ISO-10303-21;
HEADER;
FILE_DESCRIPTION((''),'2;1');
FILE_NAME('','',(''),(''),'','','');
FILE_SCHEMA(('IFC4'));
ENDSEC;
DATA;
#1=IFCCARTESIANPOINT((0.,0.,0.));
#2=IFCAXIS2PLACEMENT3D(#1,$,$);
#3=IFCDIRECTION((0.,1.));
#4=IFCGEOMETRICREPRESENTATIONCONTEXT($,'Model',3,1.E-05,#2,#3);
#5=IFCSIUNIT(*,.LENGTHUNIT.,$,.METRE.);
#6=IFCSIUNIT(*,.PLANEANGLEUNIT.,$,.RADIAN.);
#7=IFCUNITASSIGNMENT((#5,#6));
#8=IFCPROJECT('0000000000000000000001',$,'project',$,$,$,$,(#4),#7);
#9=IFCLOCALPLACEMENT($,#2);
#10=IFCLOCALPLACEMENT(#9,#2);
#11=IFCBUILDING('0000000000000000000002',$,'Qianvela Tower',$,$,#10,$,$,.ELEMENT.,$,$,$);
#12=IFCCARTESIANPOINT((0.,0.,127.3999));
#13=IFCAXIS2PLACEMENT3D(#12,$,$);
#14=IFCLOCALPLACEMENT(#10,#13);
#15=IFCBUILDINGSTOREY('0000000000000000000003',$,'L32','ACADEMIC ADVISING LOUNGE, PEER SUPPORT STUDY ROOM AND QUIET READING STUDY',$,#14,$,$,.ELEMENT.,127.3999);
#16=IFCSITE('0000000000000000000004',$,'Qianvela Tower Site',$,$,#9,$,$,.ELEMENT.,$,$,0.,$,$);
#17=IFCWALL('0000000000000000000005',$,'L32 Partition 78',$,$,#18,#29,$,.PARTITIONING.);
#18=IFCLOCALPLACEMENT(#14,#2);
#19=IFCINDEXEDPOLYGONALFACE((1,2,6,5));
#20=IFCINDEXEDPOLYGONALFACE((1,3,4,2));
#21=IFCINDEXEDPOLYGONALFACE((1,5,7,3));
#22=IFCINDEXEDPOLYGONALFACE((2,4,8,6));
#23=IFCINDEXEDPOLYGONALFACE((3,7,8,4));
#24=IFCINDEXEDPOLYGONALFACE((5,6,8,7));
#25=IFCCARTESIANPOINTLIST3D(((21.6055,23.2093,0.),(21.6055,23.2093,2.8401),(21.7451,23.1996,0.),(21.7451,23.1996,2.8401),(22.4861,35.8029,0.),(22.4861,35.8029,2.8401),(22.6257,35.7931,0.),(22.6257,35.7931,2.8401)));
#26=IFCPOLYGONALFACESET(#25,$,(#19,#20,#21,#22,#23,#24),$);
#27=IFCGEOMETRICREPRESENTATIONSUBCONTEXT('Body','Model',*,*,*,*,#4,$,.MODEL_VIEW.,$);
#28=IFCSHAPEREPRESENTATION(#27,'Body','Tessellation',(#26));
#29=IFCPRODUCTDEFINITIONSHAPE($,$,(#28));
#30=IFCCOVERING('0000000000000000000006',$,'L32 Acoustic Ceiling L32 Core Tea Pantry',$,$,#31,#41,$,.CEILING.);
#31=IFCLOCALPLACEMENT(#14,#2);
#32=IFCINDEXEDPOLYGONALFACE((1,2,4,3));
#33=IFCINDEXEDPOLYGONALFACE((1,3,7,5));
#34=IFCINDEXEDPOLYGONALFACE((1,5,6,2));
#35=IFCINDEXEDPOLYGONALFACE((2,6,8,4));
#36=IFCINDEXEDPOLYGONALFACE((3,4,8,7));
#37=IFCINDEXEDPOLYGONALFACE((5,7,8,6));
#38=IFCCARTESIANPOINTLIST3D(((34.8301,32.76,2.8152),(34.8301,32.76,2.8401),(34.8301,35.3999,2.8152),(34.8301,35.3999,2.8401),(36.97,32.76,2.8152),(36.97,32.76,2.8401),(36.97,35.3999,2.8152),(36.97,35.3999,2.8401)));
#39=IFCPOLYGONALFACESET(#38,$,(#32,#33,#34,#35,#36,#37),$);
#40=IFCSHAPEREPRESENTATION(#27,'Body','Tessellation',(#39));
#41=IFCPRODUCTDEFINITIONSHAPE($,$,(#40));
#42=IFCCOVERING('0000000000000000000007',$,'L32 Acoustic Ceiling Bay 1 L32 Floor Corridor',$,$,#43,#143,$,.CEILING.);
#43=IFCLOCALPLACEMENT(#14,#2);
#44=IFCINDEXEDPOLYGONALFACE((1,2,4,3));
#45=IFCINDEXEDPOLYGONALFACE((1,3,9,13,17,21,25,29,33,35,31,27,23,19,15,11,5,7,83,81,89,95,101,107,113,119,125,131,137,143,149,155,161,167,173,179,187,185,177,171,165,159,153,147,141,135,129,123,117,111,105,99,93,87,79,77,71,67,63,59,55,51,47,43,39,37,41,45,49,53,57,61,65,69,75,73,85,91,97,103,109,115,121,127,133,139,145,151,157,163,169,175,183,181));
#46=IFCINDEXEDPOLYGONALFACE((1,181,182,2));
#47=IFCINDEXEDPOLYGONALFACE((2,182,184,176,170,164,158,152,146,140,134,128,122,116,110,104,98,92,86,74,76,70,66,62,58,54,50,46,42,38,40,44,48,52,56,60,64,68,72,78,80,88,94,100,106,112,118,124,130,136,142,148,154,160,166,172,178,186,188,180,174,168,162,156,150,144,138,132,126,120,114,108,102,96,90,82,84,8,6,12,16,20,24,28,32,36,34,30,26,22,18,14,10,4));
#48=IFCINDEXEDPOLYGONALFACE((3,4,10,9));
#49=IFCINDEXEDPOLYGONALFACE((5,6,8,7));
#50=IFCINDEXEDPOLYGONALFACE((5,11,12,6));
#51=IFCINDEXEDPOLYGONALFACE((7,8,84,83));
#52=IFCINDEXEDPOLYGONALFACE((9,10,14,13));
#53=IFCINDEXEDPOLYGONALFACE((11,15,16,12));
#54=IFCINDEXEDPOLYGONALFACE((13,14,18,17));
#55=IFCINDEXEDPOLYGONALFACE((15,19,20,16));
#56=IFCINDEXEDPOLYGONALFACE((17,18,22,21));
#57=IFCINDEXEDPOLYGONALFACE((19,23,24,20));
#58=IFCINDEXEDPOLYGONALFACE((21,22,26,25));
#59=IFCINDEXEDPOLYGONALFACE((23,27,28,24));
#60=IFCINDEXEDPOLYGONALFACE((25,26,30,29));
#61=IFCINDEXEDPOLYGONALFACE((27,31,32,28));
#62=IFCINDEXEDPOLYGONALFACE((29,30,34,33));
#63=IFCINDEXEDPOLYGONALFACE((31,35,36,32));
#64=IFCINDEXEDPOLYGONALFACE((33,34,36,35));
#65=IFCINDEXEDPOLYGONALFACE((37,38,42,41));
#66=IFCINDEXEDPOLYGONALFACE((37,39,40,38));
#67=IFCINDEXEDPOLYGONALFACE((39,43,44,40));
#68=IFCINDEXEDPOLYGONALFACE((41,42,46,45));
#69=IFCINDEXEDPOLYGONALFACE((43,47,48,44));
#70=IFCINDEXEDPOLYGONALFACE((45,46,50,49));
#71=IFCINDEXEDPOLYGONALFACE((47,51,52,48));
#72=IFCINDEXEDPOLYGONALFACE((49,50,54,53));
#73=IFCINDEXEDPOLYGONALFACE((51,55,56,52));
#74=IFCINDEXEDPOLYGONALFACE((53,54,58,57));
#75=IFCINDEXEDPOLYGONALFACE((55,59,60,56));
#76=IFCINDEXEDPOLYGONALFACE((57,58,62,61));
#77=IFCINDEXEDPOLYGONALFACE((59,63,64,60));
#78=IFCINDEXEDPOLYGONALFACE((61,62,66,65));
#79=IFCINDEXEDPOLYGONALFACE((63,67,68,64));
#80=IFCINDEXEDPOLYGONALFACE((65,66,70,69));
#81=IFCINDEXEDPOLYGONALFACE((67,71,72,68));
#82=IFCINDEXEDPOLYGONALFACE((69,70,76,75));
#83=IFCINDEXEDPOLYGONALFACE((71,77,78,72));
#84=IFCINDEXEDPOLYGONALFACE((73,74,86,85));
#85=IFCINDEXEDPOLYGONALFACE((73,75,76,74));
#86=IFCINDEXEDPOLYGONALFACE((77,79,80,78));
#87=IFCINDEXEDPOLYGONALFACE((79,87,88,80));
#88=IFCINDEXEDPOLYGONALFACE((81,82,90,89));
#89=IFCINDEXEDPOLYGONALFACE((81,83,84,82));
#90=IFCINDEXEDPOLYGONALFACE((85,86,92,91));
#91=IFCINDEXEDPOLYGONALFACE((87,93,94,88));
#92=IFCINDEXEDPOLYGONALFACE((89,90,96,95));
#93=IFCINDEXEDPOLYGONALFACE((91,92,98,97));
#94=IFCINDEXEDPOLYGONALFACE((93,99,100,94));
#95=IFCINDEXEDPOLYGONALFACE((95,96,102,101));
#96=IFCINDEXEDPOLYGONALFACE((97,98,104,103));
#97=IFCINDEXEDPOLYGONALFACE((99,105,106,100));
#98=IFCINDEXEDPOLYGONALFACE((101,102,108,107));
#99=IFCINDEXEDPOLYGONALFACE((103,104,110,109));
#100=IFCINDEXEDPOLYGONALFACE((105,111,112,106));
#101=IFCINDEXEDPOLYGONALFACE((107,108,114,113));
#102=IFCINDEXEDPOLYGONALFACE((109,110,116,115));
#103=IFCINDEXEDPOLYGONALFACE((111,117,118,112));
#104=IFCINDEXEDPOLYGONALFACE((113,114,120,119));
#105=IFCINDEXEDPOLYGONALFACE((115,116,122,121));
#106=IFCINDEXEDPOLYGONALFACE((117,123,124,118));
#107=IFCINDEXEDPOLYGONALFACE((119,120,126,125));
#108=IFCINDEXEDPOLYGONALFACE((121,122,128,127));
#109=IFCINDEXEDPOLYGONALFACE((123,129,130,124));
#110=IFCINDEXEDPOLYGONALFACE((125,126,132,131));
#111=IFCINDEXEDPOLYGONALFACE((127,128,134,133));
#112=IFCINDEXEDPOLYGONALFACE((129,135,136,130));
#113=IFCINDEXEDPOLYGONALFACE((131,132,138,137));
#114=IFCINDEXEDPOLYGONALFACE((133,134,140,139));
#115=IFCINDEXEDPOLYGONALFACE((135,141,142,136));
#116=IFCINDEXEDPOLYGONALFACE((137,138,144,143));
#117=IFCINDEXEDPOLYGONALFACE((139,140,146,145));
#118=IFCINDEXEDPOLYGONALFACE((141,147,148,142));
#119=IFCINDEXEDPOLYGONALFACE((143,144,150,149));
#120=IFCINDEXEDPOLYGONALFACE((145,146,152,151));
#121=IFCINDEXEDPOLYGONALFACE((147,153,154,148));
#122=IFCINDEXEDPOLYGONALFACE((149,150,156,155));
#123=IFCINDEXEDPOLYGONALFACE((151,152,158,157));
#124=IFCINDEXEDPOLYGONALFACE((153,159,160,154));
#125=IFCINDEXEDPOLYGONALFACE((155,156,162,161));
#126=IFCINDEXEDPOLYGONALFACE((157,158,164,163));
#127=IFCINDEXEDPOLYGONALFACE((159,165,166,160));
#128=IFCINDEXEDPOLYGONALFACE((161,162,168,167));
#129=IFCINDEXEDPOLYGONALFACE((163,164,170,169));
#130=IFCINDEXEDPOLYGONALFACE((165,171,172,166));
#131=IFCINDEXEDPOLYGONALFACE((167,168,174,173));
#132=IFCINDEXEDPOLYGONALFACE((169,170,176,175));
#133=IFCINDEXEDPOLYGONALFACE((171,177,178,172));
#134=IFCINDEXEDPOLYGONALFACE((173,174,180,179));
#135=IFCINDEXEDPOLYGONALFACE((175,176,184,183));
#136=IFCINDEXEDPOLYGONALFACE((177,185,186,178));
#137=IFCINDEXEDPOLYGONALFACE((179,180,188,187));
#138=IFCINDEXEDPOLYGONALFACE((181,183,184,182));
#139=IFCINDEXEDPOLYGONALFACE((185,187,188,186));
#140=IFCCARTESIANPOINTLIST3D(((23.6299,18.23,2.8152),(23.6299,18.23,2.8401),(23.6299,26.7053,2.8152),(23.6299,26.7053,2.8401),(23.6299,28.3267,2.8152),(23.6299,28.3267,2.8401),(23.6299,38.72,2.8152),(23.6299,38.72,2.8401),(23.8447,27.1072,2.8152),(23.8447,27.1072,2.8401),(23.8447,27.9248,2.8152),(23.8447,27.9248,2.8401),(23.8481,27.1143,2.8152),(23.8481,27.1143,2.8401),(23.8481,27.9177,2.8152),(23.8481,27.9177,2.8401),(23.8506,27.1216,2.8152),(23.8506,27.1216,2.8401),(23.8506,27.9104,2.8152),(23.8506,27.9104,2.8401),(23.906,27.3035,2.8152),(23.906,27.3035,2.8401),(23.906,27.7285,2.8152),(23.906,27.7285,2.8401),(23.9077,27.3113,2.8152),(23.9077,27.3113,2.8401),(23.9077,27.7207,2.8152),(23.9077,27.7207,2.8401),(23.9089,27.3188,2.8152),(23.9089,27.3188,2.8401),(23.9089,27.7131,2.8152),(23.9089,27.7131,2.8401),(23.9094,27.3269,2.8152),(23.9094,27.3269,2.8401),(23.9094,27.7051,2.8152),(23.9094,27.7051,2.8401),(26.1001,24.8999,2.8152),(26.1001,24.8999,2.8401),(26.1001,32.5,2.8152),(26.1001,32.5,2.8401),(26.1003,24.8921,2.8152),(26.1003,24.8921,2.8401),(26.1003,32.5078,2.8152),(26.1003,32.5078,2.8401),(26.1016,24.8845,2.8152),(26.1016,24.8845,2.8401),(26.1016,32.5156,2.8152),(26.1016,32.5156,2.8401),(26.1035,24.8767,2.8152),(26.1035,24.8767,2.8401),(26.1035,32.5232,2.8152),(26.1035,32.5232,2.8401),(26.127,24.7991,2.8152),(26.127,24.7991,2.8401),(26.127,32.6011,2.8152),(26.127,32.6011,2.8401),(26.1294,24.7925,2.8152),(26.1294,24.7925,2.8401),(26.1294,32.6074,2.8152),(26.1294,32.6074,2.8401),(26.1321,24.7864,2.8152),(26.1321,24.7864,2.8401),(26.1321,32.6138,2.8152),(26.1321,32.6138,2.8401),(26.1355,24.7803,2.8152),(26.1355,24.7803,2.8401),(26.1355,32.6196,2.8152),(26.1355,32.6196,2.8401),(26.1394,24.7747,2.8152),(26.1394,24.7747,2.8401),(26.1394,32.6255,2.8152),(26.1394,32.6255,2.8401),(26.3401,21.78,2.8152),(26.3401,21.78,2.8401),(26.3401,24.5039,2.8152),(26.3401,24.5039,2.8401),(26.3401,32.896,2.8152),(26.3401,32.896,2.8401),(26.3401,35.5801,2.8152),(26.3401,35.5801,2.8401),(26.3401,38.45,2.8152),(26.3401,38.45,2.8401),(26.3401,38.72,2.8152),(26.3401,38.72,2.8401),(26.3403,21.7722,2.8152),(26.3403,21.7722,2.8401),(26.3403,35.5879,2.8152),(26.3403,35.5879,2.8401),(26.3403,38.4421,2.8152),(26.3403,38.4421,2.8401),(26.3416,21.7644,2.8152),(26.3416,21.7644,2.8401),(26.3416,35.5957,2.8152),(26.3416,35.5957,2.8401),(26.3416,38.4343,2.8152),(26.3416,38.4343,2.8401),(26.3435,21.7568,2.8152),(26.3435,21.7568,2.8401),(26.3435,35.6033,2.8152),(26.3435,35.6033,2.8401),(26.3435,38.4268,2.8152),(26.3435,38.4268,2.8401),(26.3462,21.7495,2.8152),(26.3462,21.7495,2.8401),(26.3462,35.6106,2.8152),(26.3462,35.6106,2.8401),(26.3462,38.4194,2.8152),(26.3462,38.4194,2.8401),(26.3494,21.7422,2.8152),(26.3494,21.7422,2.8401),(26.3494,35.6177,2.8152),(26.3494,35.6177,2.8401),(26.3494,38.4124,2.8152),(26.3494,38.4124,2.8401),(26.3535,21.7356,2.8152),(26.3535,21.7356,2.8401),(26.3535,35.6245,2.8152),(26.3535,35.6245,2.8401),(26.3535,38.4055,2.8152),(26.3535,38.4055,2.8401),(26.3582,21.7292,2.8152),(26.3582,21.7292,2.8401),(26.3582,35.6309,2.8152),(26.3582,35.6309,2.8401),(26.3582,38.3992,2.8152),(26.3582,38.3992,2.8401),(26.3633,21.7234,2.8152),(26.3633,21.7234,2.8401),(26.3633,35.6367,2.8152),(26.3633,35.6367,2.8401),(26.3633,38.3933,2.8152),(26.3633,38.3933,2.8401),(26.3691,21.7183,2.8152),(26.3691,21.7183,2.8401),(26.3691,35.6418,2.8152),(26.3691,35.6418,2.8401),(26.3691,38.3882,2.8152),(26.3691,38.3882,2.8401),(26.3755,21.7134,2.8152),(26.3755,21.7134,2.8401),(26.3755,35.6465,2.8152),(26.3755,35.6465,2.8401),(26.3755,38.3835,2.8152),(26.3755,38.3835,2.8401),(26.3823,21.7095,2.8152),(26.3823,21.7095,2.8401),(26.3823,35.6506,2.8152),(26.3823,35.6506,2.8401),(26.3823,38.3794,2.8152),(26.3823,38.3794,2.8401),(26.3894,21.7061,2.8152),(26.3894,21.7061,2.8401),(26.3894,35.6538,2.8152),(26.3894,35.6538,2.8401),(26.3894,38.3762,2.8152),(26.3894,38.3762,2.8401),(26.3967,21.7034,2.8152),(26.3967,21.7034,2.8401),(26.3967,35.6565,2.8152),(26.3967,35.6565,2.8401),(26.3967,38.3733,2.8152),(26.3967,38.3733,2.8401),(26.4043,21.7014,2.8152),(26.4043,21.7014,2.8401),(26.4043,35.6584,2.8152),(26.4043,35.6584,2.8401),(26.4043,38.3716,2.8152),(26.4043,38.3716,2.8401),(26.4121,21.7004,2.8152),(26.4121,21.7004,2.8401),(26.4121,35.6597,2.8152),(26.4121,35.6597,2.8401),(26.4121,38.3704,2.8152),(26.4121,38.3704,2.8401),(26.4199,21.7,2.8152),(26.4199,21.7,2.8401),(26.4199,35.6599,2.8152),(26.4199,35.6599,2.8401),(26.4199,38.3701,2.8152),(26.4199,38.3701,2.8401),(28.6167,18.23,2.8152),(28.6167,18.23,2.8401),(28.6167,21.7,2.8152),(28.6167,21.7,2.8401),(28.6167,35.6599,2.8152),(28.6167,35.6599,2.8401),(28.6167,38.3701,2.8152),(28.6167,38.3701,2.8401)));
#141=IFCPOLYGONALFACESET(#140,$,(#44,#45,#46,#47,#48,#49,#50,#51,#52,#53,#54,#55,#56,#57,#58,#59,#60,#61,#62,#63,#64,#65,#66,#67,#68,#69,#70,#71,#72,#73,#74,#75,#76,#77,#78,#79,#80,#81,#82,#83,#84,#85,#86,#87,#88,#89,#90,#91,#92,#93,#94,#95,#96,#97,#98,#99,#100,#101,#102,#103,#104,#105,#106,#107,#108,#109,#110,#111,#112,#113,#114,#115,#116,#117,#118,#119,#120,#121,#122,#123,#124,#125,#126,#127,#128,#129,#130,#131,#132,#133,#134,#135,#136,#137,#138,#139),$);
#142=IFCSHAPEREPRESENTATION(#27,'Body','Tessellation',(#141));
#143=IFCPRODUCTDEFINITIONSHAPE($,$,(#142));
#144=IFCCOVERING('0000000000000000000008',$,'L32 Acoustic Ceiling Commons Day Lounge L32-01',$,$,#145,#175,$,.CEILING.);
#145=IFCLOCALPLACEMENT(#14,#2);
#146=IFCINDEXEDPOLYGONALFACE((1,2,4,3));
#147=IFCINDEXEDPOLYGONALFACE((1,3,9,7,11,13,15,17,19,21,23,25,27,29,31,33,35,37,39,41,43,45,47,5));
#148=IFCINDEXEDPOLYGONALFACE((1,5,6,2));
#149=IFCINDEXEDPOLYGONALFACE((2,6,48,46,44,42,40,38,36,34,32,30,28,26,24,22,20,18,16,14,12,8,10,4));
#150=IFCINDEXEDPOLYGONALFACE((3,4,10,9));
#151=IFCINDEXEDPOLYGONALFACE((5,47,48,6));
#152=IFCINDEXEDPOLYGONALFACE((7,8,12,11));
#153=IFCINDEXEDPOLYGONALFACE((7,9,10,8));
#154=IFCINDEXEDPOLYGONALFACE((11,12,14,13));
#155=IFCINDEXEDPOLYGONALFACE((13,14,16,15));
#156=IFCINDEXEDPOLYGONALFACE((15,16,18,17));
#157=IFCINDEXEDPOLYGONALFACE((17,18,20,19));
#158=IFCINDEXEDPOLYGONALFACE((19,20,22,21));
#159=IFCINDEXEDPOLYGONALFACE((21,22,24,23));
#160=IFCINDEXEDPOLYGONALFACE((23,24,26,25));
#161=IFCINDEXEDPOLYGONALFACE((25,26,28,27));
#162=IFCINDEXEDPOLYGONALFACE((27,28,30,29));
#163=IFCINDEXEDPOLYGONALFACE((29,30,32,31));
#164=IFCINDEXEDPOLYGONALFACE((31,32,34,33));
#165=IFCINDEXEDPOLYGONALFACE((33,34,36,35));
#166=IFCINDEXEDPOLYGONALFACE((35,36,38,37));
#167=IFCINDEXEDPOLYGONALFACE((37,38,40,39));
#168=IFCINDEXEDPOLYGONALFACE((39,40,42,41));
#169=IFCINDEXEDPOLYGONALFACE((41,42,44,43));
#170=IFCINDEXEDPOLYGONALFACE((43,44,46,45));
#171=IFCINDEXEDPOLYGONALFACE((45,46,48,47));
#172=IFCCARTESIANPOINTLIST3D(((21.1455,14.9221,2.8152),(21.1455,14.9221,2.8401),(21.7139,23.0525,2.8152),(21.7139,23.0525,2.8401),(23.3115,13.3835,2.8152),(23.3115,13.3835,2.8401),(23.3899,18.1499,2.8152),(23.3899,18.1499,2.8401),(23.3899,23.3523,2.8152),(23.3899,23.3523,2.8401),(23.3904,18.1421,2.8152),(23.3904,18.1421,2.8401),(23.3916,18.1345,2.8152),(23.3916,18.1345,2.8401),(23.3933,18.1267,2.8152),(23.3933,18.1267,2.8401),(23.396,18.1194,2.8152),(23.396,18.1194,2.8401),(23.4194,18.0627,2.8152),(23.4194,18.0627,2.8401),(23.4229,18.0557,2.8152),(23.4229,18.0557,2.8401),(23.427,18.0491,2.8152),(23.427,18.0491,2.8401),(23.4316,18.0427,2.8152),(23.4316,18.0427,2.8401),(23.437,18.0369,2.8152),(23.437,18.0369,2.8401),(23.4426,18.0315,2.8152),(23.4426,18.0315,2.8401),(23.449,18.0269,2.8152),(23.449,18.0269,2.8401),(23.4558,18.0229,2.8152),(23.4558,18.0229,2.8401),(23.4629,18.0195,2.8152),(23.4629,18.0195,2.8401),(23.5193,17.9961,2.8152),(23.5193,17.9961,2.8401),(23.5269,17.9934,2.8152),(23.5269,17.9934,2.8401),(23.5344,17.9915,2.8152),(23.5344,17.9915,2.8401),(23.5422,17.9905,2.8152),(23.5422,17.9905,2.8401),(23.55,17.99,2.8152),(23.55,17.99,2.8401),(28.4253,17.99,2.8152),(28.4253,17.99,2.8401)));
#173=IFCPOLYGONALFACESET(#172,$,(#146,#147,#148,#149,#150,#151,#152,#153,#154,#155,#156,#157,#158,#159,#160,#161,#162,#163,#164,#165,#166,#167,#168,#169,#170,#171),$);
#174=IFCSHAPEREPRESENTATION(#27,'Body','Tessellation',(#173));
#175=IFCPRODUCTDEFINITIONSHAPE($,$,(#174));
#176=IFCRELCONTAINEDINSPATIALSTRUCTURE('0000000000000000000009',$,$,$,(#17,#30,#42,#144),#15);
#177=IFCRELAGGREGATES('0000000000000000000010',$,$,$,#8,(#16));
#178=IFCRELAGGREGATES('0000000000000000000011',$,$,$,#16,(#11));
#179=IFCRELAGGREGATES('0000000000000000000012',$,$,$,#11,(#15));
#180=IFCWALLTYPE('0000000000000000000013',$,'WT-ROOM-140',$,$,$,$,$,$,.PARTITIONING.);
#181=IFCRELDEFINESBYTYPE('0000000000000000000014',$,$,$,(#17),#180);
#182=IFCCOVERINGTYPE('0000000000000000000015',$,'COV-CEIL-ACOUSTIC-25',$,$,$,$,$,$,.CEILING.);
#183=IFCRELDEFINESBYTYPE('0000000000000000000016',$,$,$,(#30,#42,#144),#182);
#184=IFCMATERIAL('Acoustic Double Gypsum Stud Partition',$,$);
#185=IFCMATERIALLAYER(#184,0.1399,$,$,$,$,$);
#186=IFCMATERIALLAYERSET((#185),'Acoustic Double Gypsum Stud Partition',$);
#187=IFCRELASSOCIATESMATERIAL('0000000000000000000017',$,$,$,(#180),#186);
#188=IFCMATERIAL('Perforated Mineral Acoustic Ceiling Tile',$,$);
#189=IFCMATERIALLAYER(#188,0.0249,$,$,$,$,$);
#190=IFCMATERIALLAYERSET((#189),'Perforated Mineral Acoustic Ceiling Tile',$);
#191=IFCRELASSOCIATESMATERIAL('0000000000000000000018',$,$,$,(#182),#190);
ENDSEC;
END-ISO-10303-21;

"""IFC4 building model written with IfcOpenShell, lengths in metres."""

from ifc_helpers import new_model, si_unit, direction, frame, frame_2d, origin, place, context, subcontext, project, spatial, polyline, rectangle, outline, extrude, material, layer, layer_set, type_object, element, save


model = new_model("IFC4")

# Units and contexts
model_context = context("Model", 3, precision=1e-05, world=origin(), true_north=direction((0.0, 1.0)))
body_context = subcontext(model_context, "Body", "Model", "MODEL_VIEW")
ifc_project = project(units=[si_unit("LENGTHUNIT", "METRE"), si_unit("PLANEANGLEUNIT", "RADIAN")], contexts=[model_context])

# Site, building, storey
site_placement = place(None, origin())
site = spatial("IfcSite", under=ifc_project, at=site_placement, Name="Qianvela Tower Site", CompositionType="ELEMENT", RefElevation=0.0)
building_placement = place(site_placement, origin())
building = spatial("IfcBuilding", under=site, at=building_placement, Name="Qianvela Tower", CompositionType="ELEMENT")
storey_placement = place(building_placement, frame((0.0, 0.0, 127.3999)))
storey = spatial("IfcBuildingStorey", under=building, at=storey_placement, Name="L32", Description="ACADEMIC ADVISING LOUNGE, PEER SUPPORT STUDY ROOM AND QUIET READING STUDY", CompositionType="ELEMENT", Elevation=127.3999)

# Wall
ifc_material_1 = material(Name="Acoustic Double Gypsum Stud Partition")
ifc_layer_1 = layer(ifc_material_1, 0.1399)
ifc_layer_set_1 = layer_set([ifc_layer_1], Name="Acoustic Double Gypsum Stud Partition")
wall_type_1 = type_object("IfcWallType", Name="WT-ROOM-140", PredefinedType="PARTITIONING", material=ifc_layer_set_1)
wall_1_placement = place(storey_placement, frame((21.6753, 23.2046, 0.0), z_axis=(0.0, 0.0, 1.0), x_axis=(0.069756, 0.997564, 0.0)))
element("IfcWall", 1, at=wall_1_placement, inside=storey, type_object=wall_type_1, Name="L32 Partition 78", PredefinedType="PARTITIONING", context=body_context, shape_type="SweptSolid", body=[
    extrude(rectangle(XDim=12.6243, YDim=0.1399, at=frame_2d((6.312, 0.0))), origin(), (0.0, 0.0, 1.0), 2.8401),
])

# Coverings
ifc_material_2 = material(Name="Perforated Mineral Acoustic Ceiling Tile")
ifc_layer_2 = layer(ifc_material_2, 0.0249)
ifc_layer_set_2 = layer_set([ifc_layer_2], Name="Perforated Mineral Acoustic Ceiling Tile")
covering_type_1 = type_object("IfcCoveringType", Name="COV-CEIL-ACOUSTIC-25", PredefinedType="CEILING", material=ifc_layer_set_2)
covering_1_placement = place(storey_placement, frame((0.0, 0.0, 2.8152)))
element("IfcCovering", 2, at=covering_1_placement, inside=storey, type_object=covering_type_1, Name="L32 Acoustic Ceiling L32 Core Tea Pantry", PredefinedType="CEILING", context=body_context, shape_type="SweptSolid", body=[
    extrude(outline(polyline([(36.97, 32.76), (34.8301, 32.76), (34.8301, 35.3999), (36.97, 35.3999), (36.97, 32.76)])), origin(), (0.0, 0.0, 1.0), 0.0249),
])
covering_2_placement = place(storey_placement, frame((0.0, 0.0, 2.8152)))
element("IfcCovering", 3, at=covering_2_placement, inside=storey, type_object=covering_type_1, Name="L32 Acoustic Ceiling Bay 1 L32 Floor Corridor", PredefinedType="CEILING", context=body_context, shape_type="SweptSolid", body=[
    extrude(outline(polyline([(23.8481, 27.9177), (23.8447, 27.9248), (23.6299, 28.3267), (23.6299, 38.72), (26.3401, 38.72), (26.3401, 38.45), (26.3403, 38.4421), (26.3416, 38.4343), (26.3435, 38.4268), (26.3462, 38.4194), (26.3494, 38.4124), (26.3535, 38.4055), (26.3582, 38.3992), (26.3633, 38.3933), (26.3691, 38.3882), (26.3755, 38.3835), (26.3823, 38.3794), (26.3894, 38.3762), (26.3967, 38.3733), (26.4043, 38.3716), (26.4121, 38.3704), (26.4199, 38.3701), (28.6167, 38.3701), (28.6167, 35.6599), (26.4199, 35.6599), (26.4121, 35.6597), (26.4043, 35.6584), (26.3967, 35.6565), (26.3894, 35.6538), (26.3823, 35.6506), (26.3755, 35.6465), (26.3691, 35.6418), (26.3633, 35.6367), (26.3582, 35.6309), (26.3535, 35.6245), (26.3494, 35.6177), (26.3462, 35.6106), (26.3435, 35.6033), (26.3416, 35.5957), (26.3403, 35.5879), (26.3401, 35.5801), (26.3401, 32.896), (26.1394, 32.6255), (26.1355, 32.6196), (26.1321, 32.6138), (26.1294, 32.6074), (26.127, 32.6011), (26.1035, 32.5232), (26.1016, 32.5156), (26.1003, 32.5078), (26.1001, 32.5), (26.1001, 24.8999), (26.1003, 24.8921), (26.1016, 24.8845), (26.1035, 24.8767), (26.127, 24.7991), (26.1294, 24.7925), (26.1321, 24.7864), (26.1355, 24.7803), (26.1394, 24.7747), (26.3401, 24.5039), (26.3401, 21.78), (26.3403, 21.7722), (26.3416, 21.7644), (26.3435, 21.7568), (26.3462, 21.7495), (26.3494, 21.7422), (26.3535, 21.7356), (26.3582, 21.7292), (26.3633, 21.7234), (26.3691, 21.7183), (26.3755, 21.7134), (26.3823, 21.7095), (26.3894, 21.7061), (26.3967, 21.7034), (26.4043, 21.7014), (26.4121, 21.7004), (26.4199, 21.7), (28.6167, 21.7), (28.6167, 18.23), (23.6299, 18.23), (23.6299, 26.7053), (23.8447, 27.1072), (23.8481, 27.1143), (23.8506, 27.1216), (23.906, 27.3035), (23.9077, 27.3113), (23.9089, 27.3188), (23.9094, 27.3269), (23.9094, 27.7051), (23.9089, 27.7131), (23.9077, 27.7207), (23.906, 27.7285), (23.8506, 27.9104), (23.8481, 27.9177)])), origin(), (0.0, 0.0, 1.0), 0.0249),
])
covering_3_placement = place(storey_placement, frame((0.0, 0.0, 2.8152)))
element("IfcCovering", 4, at=covering_3_placement, inside=storey, type_object=covering_type_1, Name="L32 Acoustic Ceiling Commons Day Lounge L32-01", PredefinedType="CEILING", context=body_context, shape_type="SweptSolid", body=[
    extrude(outline(polyline([(21.7139, 23.0525), (23.3899, 23.3523), (23.3899, 18.1499), (23.3904, 18.1421), (23.3916, 18.1345), (23.3933, 18.1267), (23.396, 18.1194), (23.4194, 18.0627), (23.4229, 18.0557), (23.427, 18.0491), (23.4316, 18.0427), (23.437, 18.0369), (23.4426, 18.0315), (23.449, 18.0269), (23.4558, 18.0229), (23.4629, 18.0195), (23.5193, 17.9961), (23.5269, 17.9934), (23.5344, 17.9915), (23.5422, 17.9905), (23.55, 17.99), (28.4253, 17.99), (23.3115, 13.3835), (21.1455, 14.9221), (21.7139, 23.0525)])), origin(), (0.0, 0.0, 1.0), 0.0249),
])

save(model, "model.ifc")
